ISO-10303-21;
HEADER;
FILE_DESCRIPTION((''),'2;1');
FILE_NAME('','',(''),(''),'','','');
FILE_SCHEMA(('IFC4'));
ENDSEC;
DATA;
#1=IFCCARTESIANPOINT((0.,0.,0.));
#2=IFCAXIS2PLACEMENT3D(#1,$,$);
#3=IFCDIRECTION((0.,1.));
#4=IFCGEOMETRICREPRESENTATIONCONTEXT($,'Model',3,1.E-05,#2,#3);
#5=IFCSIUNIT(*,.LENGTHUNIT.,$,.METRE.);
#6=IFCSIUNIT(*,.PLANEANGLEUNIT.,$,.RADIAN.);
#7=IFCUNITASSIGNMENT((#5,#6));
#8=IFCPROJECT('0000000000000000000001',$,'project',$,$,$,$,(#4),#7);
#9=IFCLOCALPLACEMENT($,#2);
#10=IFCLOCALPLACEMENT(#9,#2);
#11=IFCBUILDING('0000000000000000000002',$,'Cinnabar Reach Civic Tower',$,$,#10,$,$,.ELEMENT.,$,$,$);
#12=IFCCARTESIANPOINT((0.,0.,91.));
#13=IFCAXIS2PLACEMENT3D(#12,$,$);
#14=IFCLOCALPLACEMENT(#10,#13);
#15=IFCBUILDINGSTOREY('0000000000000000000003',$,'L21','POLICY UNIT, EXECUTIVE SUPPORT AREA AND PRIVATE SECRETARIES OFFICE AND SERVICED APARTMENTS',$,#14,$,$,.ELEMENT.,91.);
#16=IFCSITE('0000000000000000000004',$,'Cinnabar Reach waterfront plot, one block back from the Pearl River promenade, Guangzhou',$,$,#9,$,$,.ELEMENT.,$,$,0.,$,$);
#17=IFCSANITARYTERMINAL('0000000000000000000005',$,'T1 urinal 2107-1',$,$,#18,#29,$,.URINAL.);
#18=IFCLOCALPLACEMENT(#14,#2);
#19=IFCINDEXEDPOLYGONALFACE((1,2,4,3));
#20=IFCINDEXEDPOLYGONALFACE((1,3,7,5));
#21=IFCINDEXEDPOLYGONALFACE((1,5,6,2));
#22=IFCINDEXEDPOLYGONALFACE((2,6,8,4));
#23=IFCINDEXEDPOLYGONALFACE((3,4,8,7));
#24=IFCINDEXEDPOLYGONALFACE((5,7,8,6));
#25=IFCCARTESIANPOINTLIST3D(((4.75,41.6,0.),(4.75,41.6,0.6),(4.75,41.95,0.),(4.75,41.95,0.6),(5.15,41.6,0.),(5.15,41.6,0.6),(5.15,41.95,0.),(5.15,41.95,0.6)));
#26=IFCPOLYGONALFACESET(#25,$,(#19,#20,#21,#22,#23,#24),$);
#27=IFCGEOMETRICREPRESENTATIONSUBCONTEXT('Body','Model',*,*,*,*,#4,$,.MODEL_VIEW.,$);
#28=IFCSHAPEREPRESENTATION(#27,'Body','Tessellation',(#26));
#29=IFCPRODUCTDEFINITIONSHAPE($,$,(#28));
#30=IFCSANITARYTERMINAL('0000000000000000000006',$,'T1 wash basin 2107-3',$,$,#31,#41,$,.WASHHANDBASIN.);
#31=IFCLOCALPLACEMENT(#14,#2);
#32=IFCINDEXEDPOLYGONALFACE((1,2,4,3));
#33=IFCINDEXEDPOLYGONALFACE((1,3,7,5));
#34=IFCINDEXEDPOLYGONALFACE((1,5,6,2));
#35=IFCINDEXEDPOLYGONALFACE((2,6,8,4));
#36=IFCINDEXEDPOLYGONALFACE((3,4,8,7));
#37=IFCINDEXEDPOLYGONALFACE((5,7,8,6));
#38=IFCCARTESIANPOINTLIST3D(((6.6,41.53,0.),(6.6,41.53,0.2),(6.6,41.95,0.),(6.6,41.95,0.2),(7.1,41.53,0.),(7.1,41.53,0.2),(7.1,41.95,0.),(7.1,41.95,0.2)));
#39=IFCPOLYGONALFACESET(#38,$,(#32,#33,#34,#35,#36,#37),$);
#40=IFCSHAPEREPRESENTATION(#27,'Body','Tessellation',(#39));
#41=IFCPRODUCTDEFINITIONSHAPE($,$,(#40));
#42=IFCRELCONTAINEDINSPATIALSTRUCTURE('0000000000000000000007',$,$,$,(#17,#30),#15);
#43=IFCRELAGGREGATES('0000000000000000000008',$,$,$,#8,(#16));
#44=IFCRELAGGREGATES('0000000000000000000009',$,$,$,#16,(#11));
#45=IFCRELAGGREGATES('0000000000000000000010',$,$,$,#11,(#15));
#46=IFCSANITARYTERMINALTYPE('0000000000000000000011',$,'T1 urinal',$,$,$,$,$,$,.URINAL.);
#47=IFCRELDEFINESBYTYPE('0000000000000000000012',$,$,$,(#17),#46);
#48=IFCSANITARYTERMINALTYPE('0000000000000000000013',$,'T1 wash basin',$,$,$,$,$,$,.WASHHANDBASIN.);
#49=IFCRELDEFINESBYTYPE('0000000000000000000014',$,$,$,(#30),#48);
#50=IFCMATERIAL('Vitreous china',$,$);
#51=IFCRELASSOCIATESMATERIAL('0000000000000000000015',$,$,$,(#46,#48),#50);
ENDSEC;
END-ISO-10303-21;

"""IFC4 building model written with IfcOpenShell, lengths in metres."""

from ifc_helpers import new_model, si_unit, direction, frame, origin, origin_2d, place, context, subcontext, project, spatial, rectangle, extrude, material, type_object, element, save


model = new_model("IFC4")

# Units and contexts
model_context = context("Model", 3, precision=1e-05, world=origin(), true_north=direction((0.0, 1.0)))
body_context = subcontext(model_context, "Body", "Model", "MODEL_VIEW")
ifc_project = project(units=[si_unit("LENGTHUNIT", "METRE"), si_unit("PLANEANGLEUNIT", "RADIAN")], contexts=[model_context])

# Site, building, storey
site_placement = place(None, origin())
site = spatial("IfcSite", under=ifc_project, at=site_placement, Name="Cinnabar Reach waterfront plot, one block back from the Pearl River promenade, Guangzhou", CompositionType="ELEMENT", RefElevation=0.0)
building_placement = place(site_placement, origin())
building = spatial("IfcBuilding", under=site, at=building_placement, Name="Cinnabar Reach Civic Tower", CompositionType="ELEMENT")
storey_placement = place(building_placement, frame((0.0, 0.0, 91.0)))
storey = spatial("IfcBuildingStorey", under=building, at=storey_placement, Name="L21", Description="POLICY UNIT, EXECUTIVE SUPPORT AREA AND PRIVATE SECRETARIES OFFICE AND SERVICED APARTMENTS", CompositionType="ELEMENT", Elevation=91.0)

# Sanitary terminals
ifc_material_1 = material(Name="Vitreous china")
sanitary_terminal_type_1 = type_object("IfcSanitaryTerminalType", Name="T1 urinal", PredefinedType="URINAL", material=ifc_material_1)
sanitary_terminal_1_placement = place(storey_placement, frame((4.95, 41.775, 0.0), z_axis=(0.0, 0.0, 1.0), x_axis=(1.0, 0.0, 0.0)))
element("IfcSanitaryTerminal", 1, at=sanitary_terminal_1_placement, inside=storey, type_object=sanitary_terminal_type_1, Name="T1 urinal 2107-1", PredefinedType="URINAL", context=body_context, shape_type="SweptSolid", body=[
    extrude(rectangle(XDim=0.4, YDim=0.35, at=origin_2d()), origin(), (0.0, 0.0, 1.0), 0.6),
])
sanitary_terminal_type_2 = type_object("IfcSanitaryTerminalType", Name="T1 wash basin", PredefinedType="WASHHANDBASIN", material=ifc_material_1)
sanitary_terminal_2_placement = place(storey_placement, frame((6.85, 41.74, 0.0), z_axis=(0.0, 0.0, 1.0), x_axis=(1.0, 0.0, 0.0)))
element("IfcSanitaryTerminal", 2, at=sanitary_terminal_2_placement, inside=storey, type_object=sanitary_terminal_type_2, Name="T1 wash basin 2107-3", PredefinedType="WASHHANDBASIN", context=body_context, shape_type="SweptSolid", body=[
    extrude(rectangle(XDim=0.5, YDim=0.42, at=origin_2d()), origin(), (0.0, 0.0, 1.0), 0.2),
])

save(model, "model.ifc")
